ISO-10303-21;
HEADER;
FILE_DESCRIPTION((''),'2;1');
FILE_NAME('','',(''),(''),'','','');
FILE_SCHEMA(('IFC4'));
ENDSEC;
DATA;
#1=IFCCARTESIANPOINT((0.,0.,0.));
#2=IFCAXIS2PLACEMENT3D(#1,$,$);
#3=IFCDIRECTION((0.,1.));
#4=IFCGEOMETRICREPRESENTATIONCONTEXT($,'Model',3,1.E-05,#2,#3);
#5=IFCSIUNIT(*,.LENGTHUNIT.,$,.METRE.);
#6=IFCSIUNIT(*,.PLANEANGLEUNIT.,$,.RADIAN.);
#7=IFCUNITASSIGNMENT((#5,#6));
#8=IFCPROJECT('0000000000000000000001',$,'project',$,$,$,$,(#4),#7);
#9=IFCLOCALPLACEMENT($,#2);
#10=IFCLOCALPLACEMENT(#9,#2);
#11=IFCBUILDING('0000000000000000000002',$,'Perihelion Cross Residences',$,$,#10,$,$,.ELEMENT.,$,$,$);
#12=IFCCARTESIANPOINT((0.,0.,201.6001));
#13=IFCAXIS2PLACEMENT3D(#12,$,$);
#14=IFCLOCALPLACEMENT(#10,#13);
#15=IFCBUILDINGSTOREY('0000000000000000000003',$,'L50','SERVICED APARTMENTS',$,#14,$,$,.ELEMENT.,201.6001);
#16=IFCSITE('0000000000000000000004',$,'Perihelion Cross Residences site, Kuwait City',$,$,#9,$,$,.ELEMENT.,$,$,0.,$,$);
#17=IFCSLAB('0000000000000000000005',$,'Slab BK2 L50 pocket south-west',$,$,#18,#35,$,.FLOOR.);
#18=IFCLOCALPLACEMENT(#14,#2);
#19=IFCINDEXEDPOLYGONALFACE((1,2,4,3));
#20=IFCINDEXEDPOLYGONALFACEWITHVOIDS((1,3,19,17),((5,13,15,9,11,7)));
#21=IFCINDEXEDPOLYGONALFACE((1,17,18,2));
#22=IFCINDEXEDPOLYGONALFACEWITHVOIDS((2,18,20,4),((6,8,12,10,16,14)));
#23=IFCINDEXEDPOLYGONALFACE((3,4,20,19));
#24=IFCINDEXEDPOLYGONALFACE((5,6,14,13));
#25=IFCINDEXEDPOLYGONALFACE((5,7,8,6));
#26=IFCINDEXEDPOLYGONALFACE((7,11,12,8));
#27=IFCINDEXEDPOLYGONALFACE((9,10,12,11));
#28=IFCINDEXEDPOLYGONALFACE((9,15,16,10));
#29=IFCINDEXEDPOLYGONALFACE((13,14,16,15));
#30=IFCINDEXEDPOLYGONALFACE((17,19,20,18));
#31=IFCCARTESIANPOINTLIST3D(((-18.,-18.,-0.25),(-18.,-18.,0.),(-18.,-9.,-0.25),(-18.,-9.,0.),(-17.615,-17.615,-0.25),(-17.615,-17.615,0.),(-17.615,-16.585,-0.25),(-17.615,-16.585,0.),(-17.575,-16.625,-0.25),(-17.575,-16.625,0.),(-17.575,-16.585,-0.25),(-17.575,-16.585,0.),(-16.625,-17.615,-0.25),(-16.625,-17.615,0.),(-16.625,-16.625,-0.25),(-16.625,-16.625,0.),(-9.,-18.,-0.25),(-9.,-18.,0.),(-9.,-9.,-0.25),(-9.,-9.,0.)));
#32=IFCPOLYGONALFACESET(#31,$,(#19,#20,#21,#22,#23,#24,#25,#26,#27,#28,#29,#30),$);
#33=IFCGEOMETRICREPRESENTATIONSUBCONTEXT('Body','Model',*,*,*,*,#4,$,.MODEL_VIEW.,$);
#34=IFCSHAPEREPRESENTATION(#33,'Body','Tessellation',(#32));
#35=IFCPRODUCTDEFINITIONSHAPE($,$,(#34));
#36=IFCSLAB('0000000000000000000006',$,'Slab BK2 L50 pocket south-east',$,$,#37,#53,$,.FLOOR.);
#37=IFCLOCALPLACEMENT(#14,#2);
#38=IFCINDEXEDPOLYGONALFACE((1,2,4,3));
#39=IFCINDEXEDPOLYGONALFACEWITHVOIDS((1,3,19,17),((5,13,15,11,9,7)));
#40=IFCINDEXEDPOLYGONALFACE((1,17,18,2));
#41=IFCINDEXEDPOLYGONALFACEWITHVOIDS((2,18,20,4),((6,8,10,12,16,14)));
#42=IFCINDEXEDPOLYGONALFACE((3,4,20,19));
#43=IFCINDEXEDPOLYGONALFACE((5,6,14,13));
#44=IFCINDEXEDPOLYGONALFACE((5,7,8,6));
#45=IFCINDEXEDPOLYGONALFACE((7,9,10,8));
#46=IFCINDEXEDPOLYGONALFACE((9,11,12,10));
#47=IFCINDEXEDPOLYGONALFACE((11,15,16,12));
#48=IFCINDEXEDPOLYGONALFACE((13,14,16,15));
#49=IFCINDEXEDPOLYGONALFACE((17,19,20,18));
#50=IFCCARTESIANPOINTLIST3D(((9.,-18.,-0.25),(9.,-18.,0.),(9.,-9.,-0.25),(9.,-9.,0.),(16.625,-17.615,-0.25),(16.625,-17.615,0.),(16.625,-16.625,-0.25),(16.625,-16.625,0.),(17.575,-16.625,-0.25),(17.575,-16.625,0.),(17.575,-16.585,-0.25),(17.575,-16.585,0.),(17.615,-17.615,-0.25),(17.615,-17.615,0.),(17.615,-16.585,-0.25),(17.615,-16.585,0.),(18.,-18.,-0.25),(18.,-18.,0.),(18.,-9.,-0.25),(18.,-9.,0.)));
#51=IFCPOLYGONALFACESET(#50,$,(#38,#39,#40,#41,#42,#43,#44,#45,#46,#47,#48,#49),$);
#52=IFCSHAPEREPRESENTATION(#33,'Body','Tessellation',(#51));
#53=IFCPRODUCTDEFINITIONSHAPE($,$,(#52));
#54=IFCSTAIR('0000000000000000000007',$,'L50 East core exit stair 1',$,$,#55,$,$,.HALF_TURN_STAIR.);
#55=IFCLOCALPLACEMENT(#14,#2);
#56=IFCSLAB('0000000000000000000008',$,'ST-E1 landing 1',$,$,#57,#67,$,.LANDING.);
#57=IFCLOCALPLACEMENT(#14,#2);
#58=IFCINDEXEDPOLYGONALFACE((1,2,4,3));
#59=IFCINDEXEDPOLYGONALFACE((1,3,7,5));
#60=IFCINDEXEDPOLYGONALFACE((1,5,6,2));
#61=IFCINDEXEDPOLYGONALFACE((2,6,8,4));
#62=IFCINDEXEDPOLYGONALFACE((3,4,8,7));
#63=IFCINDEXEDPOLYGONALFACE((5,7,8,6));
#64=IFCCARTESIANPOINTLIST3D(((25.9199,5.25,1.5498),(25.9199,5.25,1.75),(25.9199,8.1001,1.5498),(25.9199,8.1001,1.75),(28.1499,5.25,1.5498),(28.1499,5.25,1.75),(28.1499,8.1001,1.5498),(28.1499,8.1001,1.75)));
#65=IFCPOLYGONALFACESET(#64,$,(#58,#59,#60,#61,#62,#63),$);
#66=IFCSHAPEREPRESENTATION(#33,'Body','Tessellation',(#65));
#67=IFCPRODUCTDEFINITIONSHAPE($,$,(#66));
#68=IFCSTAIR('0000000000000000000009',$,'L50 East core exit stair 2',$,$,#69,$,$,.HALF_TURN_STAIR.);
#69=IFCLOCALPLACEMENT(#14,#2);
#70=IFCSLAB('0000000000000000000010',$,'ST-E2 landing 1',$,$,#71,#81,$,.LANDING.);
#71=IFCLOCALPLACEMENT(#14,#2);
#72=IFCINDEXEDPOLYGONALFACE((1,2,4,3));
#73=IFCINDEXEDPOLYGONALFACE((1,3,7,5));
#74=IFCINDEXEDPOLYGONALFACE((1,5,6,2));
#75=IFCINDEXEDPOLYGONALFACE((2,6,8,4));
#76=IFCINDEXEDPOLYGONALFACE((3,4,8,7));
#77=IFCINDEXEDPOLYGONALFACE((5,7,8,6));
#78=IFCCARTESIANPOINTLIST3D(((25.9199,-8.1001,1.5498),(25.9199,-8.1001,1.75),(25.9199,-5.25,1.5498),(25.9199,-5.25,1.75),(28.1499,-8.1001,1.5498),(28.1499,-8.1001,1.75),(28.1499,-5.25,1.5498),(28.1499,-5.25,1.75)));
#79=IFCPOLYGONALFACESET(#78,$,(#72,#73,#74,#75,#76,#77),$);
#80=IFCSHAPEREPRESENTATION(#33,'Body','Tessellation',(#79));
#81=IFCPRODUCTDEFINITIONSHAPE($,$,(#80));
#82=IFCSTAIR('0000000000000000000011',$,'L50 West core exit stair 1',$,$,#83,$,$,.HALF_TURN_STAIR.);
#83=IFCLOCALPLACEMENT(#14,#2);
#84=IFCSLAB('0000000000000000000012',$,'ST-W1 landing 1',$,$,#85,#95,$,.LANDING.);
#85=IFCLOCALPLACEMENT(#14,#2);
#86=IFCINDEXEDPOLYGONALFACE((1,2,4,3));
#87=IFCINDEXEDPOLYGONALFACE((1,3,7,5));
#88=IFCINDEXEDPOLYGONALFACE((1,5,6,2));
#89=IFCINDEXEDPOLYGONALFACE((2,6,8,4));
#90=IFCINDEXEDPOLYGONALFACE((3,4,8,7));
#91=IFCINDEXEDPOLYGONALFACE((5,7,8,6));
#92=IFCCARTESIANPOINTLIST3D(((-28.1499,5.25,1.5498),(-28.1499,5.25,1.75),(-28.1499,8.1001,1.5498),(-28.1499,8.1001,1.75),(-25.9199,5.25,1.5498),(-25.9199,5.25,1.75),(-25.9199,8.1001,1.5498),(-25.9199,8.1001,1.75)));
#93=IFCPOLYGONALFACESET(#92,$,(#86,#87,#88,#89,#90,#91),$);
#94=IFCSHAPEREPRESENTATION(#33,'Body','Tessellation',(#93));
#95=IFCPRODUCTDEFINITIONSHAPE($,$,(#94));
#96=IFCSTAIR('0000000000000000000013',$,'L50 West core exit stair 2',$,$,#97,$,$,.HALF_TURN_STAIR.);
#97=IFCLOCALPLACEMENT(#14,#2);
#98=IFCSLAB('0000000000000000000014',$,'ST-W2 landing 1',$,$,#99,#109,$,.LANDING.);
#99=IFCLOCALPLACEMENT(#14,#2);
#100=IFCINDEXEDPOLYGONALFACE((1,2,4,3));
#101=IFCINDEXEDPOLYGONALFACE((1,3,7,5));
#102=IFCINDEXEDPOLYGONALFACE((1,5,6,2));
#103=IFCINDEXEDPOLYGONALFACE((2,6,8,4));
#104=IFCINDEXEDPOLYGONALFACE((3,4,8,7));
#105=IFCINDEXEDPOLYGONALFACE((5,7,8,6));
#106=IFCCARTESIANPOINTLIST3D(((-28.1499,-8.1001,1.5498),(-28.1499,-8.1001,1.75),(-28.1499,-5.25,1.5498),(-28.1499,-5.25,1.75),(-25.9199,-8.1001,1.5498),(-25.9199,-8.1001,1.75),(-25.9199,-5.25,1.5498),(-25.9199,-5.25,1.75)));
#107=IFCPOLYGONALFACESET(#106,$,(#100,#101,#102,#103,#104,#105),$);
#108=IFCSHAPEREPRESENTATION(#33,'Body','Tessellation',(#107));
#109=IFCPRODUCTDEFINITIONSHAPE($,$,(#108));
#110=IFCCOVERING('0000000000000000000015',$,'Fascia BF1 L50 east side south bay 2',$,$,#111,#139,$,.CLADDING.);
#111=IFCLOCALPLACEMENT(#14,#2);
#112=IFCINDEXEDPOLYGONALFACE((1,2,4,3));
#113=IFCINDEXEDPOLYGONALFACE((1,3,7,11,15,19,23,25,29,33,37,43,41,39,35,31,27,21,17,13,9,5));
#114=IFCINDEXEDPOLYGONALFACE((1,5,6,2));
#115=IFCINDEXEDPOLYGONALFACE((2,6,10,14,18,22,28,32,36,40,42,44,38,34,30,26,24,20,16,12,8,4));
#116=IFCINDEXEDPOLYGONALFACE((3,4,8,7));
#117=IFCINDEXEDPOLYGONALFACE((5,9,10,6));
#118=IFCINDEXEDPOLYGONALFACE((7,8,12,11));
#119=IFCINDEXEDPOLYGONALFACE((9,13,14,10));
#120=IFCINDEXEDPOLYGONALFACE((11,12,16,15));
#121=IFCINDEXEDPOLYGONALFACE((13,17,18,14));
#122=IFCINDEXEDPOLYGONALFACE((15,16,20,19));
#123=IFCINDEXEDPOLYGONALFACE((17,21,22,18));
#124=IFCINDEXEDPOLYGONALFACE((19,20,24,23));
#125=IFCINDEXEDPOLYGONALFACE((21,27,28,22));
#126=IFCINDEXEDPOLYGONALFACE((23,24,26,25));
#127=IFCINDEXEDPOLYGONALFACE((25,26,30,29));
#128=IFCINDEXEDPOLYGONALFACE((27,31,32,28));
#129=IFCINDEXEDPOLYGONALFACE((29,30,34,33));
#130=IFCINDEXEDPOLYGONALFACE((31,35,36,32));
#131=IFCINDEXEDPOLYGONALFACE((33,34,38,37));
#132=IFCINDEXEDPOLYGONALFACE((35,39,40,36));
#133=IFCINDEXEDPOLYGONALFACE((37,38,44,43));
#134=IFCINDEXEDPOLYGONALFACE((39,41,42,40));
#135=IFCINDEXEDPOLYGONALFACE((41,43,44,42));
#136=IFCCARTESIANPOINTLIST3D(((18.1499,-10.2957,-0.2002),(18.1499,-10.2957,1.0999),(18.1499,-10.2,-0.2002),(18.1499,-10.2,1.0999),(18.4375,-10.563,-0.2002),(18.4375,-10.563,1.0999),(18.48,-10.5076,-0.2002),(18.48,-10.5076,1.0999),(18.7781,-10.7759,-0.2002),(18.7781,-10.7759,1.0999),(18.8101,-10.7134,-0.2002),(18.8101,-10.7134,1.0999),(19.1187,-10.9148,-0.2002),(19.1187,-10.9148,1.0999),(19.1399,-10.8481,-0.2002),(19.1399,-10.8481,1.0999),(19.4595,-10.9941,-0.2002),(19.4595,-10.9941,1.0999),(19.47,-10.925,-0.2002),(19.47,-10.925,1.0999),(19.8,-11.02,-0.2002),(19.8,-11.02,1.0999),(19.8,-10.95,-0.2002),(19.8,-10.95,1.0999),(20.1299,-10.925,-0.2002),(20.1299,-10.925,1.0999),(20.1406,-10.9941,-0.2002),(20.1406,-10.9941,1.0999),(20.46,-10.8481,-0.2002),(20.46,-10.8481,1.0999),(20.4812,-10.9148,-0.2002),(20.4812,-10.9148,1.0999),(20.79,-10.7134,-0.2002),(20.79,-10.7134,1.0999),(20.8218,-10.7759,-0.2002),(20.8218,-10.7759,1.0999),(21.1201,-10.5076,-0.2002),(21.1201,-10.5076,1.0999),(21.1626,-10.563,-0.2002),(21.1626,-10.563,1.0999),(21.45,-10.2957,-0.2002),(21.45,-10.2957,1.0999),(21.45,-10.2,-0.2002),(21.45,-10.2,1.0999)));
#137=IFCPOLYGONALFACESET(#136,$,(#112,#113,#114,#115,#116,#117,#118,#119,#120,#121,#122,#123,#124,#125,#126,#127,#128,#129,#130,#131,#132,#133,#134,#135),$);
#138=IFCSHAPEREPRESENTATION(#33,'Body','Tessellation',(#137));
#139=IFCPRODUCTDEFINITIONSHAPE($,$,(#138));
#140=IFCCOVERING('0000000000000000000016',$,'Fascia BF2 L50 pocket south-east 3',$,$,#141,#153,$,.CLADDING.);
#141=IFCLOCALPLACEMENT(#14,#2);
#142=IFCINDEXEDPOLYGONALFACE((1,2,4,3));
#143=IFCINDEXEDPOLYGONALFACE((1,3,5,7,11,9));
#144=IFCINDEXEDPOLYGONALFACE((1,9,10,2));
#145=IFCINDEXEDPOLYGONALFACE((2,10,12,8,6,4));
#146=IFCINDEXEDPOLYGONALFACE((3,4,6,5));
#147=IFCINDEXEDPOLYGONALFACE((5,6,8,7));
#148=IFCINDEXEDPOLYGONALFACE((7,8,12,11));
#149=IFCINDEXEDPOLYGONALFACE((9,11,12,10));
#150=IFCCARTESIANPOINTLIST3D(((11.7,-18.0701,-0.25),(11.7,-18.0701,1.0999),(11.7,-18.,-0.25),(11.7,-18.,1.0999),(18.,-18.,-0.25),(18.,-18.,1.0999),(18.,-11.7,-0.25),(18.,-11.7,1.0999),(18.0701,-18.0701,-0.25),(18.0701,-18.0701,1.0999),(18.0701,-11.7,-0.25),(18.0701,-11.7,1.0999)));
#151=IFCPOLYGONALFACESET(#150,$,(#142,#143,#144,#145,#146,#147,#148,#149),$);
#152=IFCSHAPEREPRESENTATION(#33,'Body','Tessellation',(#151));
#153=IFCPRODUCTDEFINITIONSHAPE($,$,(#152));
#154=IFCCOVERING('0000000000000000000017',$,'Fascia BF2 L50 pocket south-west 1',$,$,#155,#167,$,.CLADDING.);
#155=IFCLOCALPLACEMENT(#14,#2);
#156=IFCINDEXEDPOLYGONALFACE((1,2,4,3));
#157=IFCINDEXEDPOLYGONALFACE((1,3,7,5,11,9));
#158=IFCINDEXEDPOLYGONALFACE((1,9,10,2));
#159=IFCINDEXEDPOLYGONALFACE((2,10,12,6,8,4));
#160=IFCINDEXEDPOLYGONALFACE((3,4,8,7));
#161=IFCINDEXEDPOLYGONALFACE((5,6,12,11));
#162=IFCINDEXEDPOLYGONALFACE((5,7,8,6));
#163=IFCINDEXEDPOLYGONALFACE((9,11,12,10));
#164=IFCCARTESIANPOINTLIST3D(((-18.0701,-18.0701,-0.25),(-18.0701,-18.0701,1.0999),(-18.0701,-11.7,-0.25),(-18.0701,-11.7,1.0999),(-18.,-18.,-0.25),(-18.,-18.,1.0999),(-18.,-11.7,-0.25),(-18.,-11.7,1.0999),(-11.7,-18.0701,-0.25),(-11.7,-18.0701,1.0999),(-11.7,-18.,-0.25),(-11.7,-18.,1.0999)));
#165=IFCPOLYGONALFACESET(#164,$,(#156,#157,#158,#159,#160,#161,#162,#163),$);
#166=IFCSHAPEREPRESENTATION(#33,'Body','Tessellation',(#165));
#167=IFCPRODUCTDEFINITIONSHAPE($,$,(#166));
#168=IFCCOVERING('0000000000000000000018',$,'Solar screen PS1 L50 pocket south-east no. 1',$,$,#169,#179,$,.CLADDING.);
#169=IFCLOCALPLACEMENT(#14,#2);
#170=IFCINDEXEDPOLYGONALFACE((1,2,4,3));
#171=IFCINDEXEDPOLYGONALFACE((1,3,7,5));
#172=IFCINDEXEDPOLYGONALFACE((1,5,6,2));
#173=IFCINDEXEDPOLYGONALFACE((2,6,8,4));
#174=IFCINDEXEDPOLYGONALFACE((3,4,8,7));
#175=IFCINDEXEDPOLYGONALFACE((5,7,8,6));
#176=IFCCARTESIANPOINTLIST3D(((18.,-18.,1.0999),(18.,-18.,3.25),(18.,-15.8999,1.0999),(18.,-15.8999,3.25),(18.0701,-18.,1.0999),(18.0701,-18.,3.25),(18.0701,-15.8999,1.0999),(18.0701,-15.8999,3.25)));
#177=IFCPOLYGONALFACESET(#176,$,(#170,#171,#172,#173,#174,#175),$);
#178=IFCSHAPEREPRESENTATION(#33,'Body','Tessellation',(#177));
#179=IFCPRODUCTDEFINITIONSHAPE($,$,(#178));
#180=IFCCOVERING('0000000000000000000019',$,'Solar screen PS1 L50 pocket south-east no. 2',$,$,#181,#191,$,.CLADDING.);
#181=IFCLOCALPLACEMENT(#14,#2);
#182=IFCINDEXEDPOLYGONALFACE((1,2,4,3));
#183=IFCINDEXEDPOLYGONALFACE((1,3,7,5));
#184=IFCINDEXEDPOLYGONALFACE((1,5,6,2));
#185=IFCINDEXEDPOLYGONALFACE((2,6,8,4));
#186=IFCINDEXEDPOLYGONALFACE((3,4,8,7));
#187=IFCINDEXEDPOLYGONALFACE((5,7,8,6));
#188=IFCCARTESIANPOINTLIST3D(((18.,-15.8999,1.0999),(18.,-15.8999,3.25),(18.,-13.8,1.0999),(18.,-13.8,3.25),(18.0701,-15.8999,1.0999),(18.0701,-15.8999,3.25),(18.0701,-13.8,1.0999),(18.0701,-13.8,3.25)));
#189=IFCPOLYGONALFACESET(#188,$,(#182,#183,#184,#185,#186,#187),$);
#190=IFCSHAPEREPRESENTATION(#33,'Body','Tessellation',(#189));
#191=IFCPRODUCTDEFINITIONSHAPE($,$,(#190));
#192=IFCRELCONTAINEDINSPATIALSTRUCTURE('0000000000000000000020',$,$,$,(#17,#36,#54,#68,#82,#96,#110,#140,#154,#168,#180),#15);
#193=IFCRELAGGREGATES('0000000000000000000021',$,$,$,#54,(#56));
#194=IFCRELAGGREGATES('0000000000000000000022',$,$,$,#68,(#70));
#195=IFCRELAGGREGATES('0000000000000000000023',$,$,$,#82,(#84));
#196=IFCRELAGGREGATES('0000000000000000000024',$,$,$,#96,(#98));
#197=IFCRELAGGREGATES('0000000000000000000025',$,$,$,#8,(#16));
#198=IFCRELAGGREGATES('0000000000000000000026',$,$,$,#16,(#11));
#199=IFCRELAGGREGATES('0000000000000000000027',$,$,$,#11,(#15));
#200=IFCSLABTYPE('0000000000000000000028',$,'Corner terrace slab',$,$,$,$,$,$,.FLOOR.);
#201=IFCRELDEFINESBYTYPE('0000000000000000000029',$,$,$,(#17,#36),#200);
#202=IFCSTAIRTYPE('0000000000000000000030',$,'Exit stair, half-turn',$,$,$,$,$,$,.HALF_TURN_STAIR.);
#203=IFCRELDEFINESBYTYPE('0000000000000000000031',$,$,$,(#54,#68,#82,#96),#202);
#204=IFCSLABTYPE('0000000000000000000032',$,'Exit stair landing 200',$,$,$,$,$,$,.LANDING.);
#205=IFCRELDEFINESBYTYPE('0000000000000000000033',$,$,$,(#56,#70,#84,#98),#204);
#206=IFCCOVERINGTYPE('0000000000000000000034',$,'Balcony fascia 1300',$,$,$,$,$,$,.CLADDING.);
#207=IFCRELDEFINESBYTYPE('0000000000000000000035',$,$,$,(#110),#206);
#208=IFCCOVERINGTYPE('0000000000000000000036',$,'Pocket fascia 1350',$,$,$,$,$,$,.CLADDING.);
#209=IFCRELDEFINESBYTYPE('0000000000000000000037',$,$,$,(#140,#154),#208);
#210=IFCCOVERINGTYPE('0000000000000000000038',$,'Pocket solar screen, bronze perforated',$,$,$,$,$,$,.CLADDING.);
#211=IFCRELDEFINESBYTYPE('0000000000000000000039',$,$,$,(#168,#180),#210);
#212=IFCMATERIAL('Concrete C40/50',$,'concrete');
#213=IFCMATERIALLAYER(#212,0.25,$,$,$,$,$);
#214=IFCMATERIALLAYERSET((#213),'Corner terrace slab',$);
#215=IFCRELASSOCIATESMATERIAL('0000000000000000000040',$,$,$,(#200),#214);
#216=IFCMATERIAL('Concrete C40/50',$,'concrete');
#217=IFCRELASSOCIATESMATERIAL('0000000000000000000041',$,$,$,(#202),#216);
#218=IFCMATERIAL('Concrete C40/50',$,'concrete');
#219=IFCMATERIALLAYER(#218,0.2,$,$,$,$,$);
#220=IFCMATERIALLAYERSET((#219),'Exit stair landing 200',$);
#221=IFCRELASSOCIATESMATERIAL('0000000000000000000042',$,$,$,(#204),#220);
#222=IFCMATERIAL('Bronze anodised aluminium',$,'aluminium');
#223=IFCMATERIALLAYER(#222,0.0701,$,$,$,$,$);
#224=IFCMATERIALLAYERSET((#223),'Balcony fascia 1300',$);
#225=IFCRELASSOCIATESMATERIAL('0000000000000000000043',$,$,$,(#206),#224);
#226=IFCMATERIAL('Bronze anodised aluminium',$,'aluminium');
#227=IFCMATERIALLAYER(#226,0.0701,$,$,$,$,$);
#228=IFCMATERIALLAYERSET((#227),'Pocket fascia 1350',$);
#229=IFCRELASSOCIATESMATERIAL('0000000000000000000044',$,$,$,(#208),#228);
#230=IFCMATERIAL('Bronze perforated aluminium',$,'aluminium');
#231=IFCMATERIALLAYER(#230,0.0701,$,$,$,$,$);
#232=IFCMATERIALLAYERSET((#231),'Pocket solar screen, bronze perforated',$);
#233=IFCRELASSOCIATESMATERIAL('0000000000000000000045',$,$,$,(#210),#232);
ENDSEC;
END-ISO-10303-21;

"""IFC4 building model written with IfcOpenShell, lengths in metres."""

from ifc_helpers import new_model, si_unit, direction, frame, origin, place, context, subcontext, project, spatial, polyline, outline, extrude, material, layer, layer_set, type_object, element, aggregate, save


model = new_model("IFC4")

# Units and contexts
model_context = context("Model", 3, precision=1e-05, world=origin(), true_north=direction((0.0, 1.0)))
body_context = subcontext(model_context, "Body", "Model", "MODEL_VIEW")
ifc_project = project(units=[si_unit("LENGTHUNIT", "METRE"), si_unit("PLANEANGLEUNIT", "RADIAN")], contexts=[model_context])

# Site, building, storey
site_placement = place(None, origin())
site = spatial("IfcSite", under=ifc_project, at=site_placement, Name="Perihelion Cross Residences site, Kuwait City", CompositionType="ELEMENT", RefElevation=0.0)
building_placement = place(site_placement, origin())
building = spatial("IfcBuilding", under=site, at=building_placement, Name="Perihelion Cross Residences", CompositionType="ELEMENT")
storey_placement = place(building_placement, frame((0.0, 0.0, 201.6001)))
storey = spatial("IfcBuildingStorey", under=building, at=storey_placement, Name="L50", Description="SERVICED APARTMENTS", CompositionType="ELEMENT", Elevation=201.6001)

# Slabs
ifc_material_1 = material(Name="Concrete C40/50", Category="concrete")
ifc_layer_1 = layer(ifc_material_1, 0.25)
ifc_layer_set_1 = layer_set([ifc_layer_1], Name="Corner terrace slab")
slab_type_1 = type_object("IfcSlabType", Name="Corner terrace slab", PredefinedType="FLOOR", material=ifc_layer_set_1)
slab_1_placement = place(storey_placement, frame((0.0, 0.0, -0.25)))
element("IfcSlab", 1, at=slab_1_placement, inside=storey, type_object=slab_type_1, Name="Slab BK2 L50 pocket south-west", PredefinedType="FLOOR", context=body_context, shape_type="SweptSolid", body=[
    extrude(outline(polyline([(-9.0, -18.0), (-9.0, -9.0), (-18.0, -9.0), (-18.0, -18.0), (-9.0, -18.0)]), holes=[polyline([(-16.625, -17.615), (-17.615, -17.615), (-17.615, -16.585), (-17.575, -16.585), (-17.575, -16.625), (-16.625, -16.625), (-16.625, -17.615)])]), origin(), (0.0, 0.0, 1.0), 0.25),
])
slab_2_placement = place(storey_placement, frame((0.0, 0.0, -0.25)))
element("IfcSlab", 2, at=slab_2_placement, inside=storey, type_object=slab_type_1, Name="Slab BK2 L50 pocket south-east", PredefinedType="FLOOR", context=body_context, shape_type="SweptSolid", body=[
    extrude(outline(polyline([(18.0, -18.0), (18.0, -9.0), (9.0, -9.0), (9.0, -18.0), (18.0, -18.0)]), holes=[polyline([(16.625, -17.615), (16.625, -16.625), (17.575, -16.625), (17.575, -16.585), (17.615, -16.585), (17.615, -17.615), (16.625, -17.615)])]), origin(), (0.0, 0.0, 1.0), 0.25),
])

# Stairs, slabs
ifc_material_2 = material(Name="Concrete C40/50", Category="concrete")
stair_type = type_object("IfcStairType", Name="Exit stair, half-turn", PredefinedType="HALF_TURN_STAIR", material=ifc_material_2)
stair_1_placement = place(storey_placement, origin())
stair_1 = element("IfcStair", 3, at=stair_1_placement, inside=storey, type_object=stair_type, Name="L50 East core exit stair 1", PredefinedType="HALF_TURN_STAIR")
ifc_material_3 = material(Name="Concrete C40/50", Category="concrete")
ifc_layer_2 = layer(ifc_material_3, 0.2)
ifc_layer_set_2 = layer_set([ifc_layer_2], Name="Exit stair landing 200")
slab_type_2 = type_object("IfcSlabType", Name="Exit stair landing 200", PredefinedType="LANDING", material=ifc_layer_set_2)
slab_3_placement = place(storey_placement, frame((0.0, 0.0, 1.5498)))
slab_3 = element("IfcSlab", 4, at=slab_3_placement, type_object=slab_type_2, Name="ST-E1 landing 1", PredefinedType="LANDING", context=body_context, shape_type="SweptSolid", body=[
    extrude(outline(polyline([(25.9199, 5.25), (28.1499, 5.25), (28.1499, 8.1001), (25.9199, 8.1001), (25.9199, 5.25)])), origin(), (0.0, 0.0, 1.0), 0.2002),
])
aggregate(stair_1, [slab_3])
stair_2_placement = place(storey_placement, origin())
stair_2 = element("IfcStair", 5, at=stair_2_placement, inside=storey, type_object=stair_type, Name="L50 East core exit stair 2", PredefinedType="HALF_TURN_STAIR")
slab_4_placement = place(storey_placement, frame((0.0, 0.0, 1.5498)))
slab_4 = element("IfcSlab", 6, at=slab_4_placement, type_object=slab_type_2, Name="ST-E2 landing 1", PredefinedType="LANDING", context=body_context, shape_type="SweptSolid", body=[
    extrude(outline(polyline([(25.9199, -8.1001), (28.1499, -8.1001), (28.1499, -5.25), (25.9199, -5.25), (25.9199, -8.1001)])), origin(), (0.0, 0.0, 1.0), 0.2002),
])
aggregate(stair_2, [slab_4])
stair_3_placement = place(storey_placement, origin())
stair_3 = element("IfcStair", 7, at=stair_3_placement, inside=storey, type_object=stair_type, Name="L50 West core exit stair 1", PredefinedType="HALF_TURN_STAIR")
slab_5_placement = place(storey_placement, frame((0.0, 0.0, 1.5498)))
slab_5 = element("IfcSlab", 8, at=slab_5_placement, type_object=slab_type_2, Name="ST-W1 landing 1", PredefinedType="LANDING", context=body_context, shape_type="SweptSolid", body=[
    extrude(outline(polyline([(-25.9199, 8.1001), (-28.1499, 8.1001), (-28.1499, 5.25), (-25.9199, 5.25), (-25.9199, 8.1001)])), origin(), (0.0, 0.0, 1.0), 0.2002),
])
aggregate(stair_3, [slab_5])
stair_4_placement = place(storey_placement, origin())
stair_4 = element("IfcStair", 9, at=stair_4_placement, inside=storey, type_object=stair_type, Name="L50 West core exit stair 2", PredefinedType="HALF_TURN_STAIR")
slab_6_placement = place(storey_placement, frame((0.0, 0.0, 1.5498)))
slab_6 = element("IfcSlab", 10, at=slab_6_placement, type_object=slab_type_2, Name="ST-W2 landing 1", PredefinedType="LANDING", context=body_context, shape_type="SweptSolid", body=[
    extrude(outline(polyline([(-25.9199, -5.25), (-28.1499, -5.25), (-28.1499, -8.1001), (-25.9199, -8.1001), (-25.9199, -5.25)])), origin(), (0.0, 0.0, 1.0), 0.2002),
])
aggregate(stair_4, [slab_6])

# Coverings
ifc_material_4 = material(Name="Bronze anodised aluminium", Category="aluminium")
ifc_layer_3 = layer(ifc_material_4, 0.0701)
ifc_layer_set_3 = layer_set([ifc_layer_3], Name="Balcony fascia 1300")
covering_type_1 = type_object("IfcCoveringType", Name="Balcony fascia 1300", PredefinedType="CLADDING", material=ifc_layer_set_3)
covering_1_placement = place(storey_placement, frame((0.0, 0.0, -0.2002)))
element("IfcCovering", 11, at=covering_1_placement, inside=storey, type_object=covering_type_1, Name="Fascia BF1 L50 east side south bay 2", PredefinedType="CLADDING", context=body_context, shape_type="SweptSolid", body=[
    extrude(outline(polyline([(18.4375, -10.563), (18.7781, -10.7759), (19.1187, -10.9148), (19.4595, -10.9941), (19.8, -11.02), (20.1406, -10.9941), (20.4812, -10.9148), (20.8218, -10.7759), (21.1626, -10.563), (21.45, -10.2957), (21.45, -10.2), (21.1201, -10.5076), (20.79, -10.7134), (20.46, -10.8481), (20.1299, -10.925), (19.8, -10.95), (19.47, -10.925), (19.1399, -10.8481), (18.8101, -10.7134), (18.48, -10.5076), (18.1499, -10.2), (18.1499, -10.2957), (18.4375, -10.563)])), origin(), (0.0, 0.0, 1.0), 1.3),
])
ifc_material_5 = material(Name="Bronze anodised aluminium", Category="aluminium")
ifc_layer_4 = layer(ifc_material_5, 0.0701)
ifc_layer_set_4 = layer_set([ifc_layer_4], Name="Pocket fascia 1350")
covering_type_2 = type_object("IfcCoveringType", Name="Pocket fascia 1350", PredefinedType="CLADDING", material=ifc_layer_set_4)
covering_2_placement = place(storey_placement, frame((0.0, 0.0, -0.25)))
element("IfcCovering", 12, at=covering_2_placement, inside=storey, type_object=covering_type_2, Name="Fascia BF2 L50 pocket south-east 3", PredefinedType="CLADDING", context=body_context, shape_type="SweptSolid", body=[
    extrude(outline(polyline([(18.0701, -18.0701), (18.0701, -11.7), (18.0, -11.7), (18.0, -18.0), (11.7, -18.0), (11.7, -18.0701), (18.0701, -18.0701)])), origin(), (0.0, 0.0, 1.0), 1.3499),
])
covering_3_placement = place(storey_placement, frame((0.0, 0.0, -0.25)))
element("IfcCovering", 13, at=covering_3_placement, inside=storey, type_object=covering_type_2, Name="Fascia BF2 L50 pocket south-west 1", PredefinedType="CLADDING", context=body_context, shape_type="SweptSolid", body=[
    extrude(outline(polyline([(-18.0701, -11.7), (-18.0701, -18.0701), (-11.7, -18.0701), (-11.7, -18.0), (-18.0, -18.0), (-18.0, -11.7), (-18.0701, -11.7)])), origin(), (0.0, 0.0, 1.0), 1.3499),
])
ifc_material_6 = material(Name="Bronze perforated aluminium", Category="aluminium")
ifc_layer_5 = layer(ifc_material_6, 0.0701)
ifc_layer_set_5 = layer_set([ifc_layer_5], Name="Pocket solar screen, bronze perforated")
covering_type_3 = type_object("IfcCoveringType", Name="Pocket solar screen, bronze perforated", PredefinedType="CLADDING", material=ifc_layer_set_5)
covering_4_placement = place(storey_placement, frame((0.0, 0.0, 1.0999)))
element("IfcCovering", 14, at=covering_4_placement, inside=storey, type_object=covering_type_3, Name="Solar screen PS1 L50 pocket south-east no. 1", PredefinedType="CLADDING", context=body_context, shape_type="SweptSolid", body=[
    extrude(outline(polyline([(18.0701, -18.0), (18.0701, -15.8999), (18.0, -15.8999), (18.0, -18.0), (18.0701, -18.0)])), origin(), (0.0, 0.0, 1.0), 2.1501),
])
covering_5_placement = place(storey_placement, frame((0.0, 0.0, 1.0999)))
element("IfcCovering", 15, at=covering_5_placement, inside=storey, type_object=covering_type_3, Name="Solar screen PS1 L50 pocket south-east no. 2", PredefinedType="CLADDING", context=body_context, shape_type="SweptSolid", body=[
    extrude(outline(polyline([(18.0701, -15.8999), (18.0701, -13.8), (18.0, -13.8), (18.0, -15.8999), (18.0701, -15.8999)])), origin(), (0.0, 0.0, 1.0), 2.1501),
])

save(model, "model.ifc")
